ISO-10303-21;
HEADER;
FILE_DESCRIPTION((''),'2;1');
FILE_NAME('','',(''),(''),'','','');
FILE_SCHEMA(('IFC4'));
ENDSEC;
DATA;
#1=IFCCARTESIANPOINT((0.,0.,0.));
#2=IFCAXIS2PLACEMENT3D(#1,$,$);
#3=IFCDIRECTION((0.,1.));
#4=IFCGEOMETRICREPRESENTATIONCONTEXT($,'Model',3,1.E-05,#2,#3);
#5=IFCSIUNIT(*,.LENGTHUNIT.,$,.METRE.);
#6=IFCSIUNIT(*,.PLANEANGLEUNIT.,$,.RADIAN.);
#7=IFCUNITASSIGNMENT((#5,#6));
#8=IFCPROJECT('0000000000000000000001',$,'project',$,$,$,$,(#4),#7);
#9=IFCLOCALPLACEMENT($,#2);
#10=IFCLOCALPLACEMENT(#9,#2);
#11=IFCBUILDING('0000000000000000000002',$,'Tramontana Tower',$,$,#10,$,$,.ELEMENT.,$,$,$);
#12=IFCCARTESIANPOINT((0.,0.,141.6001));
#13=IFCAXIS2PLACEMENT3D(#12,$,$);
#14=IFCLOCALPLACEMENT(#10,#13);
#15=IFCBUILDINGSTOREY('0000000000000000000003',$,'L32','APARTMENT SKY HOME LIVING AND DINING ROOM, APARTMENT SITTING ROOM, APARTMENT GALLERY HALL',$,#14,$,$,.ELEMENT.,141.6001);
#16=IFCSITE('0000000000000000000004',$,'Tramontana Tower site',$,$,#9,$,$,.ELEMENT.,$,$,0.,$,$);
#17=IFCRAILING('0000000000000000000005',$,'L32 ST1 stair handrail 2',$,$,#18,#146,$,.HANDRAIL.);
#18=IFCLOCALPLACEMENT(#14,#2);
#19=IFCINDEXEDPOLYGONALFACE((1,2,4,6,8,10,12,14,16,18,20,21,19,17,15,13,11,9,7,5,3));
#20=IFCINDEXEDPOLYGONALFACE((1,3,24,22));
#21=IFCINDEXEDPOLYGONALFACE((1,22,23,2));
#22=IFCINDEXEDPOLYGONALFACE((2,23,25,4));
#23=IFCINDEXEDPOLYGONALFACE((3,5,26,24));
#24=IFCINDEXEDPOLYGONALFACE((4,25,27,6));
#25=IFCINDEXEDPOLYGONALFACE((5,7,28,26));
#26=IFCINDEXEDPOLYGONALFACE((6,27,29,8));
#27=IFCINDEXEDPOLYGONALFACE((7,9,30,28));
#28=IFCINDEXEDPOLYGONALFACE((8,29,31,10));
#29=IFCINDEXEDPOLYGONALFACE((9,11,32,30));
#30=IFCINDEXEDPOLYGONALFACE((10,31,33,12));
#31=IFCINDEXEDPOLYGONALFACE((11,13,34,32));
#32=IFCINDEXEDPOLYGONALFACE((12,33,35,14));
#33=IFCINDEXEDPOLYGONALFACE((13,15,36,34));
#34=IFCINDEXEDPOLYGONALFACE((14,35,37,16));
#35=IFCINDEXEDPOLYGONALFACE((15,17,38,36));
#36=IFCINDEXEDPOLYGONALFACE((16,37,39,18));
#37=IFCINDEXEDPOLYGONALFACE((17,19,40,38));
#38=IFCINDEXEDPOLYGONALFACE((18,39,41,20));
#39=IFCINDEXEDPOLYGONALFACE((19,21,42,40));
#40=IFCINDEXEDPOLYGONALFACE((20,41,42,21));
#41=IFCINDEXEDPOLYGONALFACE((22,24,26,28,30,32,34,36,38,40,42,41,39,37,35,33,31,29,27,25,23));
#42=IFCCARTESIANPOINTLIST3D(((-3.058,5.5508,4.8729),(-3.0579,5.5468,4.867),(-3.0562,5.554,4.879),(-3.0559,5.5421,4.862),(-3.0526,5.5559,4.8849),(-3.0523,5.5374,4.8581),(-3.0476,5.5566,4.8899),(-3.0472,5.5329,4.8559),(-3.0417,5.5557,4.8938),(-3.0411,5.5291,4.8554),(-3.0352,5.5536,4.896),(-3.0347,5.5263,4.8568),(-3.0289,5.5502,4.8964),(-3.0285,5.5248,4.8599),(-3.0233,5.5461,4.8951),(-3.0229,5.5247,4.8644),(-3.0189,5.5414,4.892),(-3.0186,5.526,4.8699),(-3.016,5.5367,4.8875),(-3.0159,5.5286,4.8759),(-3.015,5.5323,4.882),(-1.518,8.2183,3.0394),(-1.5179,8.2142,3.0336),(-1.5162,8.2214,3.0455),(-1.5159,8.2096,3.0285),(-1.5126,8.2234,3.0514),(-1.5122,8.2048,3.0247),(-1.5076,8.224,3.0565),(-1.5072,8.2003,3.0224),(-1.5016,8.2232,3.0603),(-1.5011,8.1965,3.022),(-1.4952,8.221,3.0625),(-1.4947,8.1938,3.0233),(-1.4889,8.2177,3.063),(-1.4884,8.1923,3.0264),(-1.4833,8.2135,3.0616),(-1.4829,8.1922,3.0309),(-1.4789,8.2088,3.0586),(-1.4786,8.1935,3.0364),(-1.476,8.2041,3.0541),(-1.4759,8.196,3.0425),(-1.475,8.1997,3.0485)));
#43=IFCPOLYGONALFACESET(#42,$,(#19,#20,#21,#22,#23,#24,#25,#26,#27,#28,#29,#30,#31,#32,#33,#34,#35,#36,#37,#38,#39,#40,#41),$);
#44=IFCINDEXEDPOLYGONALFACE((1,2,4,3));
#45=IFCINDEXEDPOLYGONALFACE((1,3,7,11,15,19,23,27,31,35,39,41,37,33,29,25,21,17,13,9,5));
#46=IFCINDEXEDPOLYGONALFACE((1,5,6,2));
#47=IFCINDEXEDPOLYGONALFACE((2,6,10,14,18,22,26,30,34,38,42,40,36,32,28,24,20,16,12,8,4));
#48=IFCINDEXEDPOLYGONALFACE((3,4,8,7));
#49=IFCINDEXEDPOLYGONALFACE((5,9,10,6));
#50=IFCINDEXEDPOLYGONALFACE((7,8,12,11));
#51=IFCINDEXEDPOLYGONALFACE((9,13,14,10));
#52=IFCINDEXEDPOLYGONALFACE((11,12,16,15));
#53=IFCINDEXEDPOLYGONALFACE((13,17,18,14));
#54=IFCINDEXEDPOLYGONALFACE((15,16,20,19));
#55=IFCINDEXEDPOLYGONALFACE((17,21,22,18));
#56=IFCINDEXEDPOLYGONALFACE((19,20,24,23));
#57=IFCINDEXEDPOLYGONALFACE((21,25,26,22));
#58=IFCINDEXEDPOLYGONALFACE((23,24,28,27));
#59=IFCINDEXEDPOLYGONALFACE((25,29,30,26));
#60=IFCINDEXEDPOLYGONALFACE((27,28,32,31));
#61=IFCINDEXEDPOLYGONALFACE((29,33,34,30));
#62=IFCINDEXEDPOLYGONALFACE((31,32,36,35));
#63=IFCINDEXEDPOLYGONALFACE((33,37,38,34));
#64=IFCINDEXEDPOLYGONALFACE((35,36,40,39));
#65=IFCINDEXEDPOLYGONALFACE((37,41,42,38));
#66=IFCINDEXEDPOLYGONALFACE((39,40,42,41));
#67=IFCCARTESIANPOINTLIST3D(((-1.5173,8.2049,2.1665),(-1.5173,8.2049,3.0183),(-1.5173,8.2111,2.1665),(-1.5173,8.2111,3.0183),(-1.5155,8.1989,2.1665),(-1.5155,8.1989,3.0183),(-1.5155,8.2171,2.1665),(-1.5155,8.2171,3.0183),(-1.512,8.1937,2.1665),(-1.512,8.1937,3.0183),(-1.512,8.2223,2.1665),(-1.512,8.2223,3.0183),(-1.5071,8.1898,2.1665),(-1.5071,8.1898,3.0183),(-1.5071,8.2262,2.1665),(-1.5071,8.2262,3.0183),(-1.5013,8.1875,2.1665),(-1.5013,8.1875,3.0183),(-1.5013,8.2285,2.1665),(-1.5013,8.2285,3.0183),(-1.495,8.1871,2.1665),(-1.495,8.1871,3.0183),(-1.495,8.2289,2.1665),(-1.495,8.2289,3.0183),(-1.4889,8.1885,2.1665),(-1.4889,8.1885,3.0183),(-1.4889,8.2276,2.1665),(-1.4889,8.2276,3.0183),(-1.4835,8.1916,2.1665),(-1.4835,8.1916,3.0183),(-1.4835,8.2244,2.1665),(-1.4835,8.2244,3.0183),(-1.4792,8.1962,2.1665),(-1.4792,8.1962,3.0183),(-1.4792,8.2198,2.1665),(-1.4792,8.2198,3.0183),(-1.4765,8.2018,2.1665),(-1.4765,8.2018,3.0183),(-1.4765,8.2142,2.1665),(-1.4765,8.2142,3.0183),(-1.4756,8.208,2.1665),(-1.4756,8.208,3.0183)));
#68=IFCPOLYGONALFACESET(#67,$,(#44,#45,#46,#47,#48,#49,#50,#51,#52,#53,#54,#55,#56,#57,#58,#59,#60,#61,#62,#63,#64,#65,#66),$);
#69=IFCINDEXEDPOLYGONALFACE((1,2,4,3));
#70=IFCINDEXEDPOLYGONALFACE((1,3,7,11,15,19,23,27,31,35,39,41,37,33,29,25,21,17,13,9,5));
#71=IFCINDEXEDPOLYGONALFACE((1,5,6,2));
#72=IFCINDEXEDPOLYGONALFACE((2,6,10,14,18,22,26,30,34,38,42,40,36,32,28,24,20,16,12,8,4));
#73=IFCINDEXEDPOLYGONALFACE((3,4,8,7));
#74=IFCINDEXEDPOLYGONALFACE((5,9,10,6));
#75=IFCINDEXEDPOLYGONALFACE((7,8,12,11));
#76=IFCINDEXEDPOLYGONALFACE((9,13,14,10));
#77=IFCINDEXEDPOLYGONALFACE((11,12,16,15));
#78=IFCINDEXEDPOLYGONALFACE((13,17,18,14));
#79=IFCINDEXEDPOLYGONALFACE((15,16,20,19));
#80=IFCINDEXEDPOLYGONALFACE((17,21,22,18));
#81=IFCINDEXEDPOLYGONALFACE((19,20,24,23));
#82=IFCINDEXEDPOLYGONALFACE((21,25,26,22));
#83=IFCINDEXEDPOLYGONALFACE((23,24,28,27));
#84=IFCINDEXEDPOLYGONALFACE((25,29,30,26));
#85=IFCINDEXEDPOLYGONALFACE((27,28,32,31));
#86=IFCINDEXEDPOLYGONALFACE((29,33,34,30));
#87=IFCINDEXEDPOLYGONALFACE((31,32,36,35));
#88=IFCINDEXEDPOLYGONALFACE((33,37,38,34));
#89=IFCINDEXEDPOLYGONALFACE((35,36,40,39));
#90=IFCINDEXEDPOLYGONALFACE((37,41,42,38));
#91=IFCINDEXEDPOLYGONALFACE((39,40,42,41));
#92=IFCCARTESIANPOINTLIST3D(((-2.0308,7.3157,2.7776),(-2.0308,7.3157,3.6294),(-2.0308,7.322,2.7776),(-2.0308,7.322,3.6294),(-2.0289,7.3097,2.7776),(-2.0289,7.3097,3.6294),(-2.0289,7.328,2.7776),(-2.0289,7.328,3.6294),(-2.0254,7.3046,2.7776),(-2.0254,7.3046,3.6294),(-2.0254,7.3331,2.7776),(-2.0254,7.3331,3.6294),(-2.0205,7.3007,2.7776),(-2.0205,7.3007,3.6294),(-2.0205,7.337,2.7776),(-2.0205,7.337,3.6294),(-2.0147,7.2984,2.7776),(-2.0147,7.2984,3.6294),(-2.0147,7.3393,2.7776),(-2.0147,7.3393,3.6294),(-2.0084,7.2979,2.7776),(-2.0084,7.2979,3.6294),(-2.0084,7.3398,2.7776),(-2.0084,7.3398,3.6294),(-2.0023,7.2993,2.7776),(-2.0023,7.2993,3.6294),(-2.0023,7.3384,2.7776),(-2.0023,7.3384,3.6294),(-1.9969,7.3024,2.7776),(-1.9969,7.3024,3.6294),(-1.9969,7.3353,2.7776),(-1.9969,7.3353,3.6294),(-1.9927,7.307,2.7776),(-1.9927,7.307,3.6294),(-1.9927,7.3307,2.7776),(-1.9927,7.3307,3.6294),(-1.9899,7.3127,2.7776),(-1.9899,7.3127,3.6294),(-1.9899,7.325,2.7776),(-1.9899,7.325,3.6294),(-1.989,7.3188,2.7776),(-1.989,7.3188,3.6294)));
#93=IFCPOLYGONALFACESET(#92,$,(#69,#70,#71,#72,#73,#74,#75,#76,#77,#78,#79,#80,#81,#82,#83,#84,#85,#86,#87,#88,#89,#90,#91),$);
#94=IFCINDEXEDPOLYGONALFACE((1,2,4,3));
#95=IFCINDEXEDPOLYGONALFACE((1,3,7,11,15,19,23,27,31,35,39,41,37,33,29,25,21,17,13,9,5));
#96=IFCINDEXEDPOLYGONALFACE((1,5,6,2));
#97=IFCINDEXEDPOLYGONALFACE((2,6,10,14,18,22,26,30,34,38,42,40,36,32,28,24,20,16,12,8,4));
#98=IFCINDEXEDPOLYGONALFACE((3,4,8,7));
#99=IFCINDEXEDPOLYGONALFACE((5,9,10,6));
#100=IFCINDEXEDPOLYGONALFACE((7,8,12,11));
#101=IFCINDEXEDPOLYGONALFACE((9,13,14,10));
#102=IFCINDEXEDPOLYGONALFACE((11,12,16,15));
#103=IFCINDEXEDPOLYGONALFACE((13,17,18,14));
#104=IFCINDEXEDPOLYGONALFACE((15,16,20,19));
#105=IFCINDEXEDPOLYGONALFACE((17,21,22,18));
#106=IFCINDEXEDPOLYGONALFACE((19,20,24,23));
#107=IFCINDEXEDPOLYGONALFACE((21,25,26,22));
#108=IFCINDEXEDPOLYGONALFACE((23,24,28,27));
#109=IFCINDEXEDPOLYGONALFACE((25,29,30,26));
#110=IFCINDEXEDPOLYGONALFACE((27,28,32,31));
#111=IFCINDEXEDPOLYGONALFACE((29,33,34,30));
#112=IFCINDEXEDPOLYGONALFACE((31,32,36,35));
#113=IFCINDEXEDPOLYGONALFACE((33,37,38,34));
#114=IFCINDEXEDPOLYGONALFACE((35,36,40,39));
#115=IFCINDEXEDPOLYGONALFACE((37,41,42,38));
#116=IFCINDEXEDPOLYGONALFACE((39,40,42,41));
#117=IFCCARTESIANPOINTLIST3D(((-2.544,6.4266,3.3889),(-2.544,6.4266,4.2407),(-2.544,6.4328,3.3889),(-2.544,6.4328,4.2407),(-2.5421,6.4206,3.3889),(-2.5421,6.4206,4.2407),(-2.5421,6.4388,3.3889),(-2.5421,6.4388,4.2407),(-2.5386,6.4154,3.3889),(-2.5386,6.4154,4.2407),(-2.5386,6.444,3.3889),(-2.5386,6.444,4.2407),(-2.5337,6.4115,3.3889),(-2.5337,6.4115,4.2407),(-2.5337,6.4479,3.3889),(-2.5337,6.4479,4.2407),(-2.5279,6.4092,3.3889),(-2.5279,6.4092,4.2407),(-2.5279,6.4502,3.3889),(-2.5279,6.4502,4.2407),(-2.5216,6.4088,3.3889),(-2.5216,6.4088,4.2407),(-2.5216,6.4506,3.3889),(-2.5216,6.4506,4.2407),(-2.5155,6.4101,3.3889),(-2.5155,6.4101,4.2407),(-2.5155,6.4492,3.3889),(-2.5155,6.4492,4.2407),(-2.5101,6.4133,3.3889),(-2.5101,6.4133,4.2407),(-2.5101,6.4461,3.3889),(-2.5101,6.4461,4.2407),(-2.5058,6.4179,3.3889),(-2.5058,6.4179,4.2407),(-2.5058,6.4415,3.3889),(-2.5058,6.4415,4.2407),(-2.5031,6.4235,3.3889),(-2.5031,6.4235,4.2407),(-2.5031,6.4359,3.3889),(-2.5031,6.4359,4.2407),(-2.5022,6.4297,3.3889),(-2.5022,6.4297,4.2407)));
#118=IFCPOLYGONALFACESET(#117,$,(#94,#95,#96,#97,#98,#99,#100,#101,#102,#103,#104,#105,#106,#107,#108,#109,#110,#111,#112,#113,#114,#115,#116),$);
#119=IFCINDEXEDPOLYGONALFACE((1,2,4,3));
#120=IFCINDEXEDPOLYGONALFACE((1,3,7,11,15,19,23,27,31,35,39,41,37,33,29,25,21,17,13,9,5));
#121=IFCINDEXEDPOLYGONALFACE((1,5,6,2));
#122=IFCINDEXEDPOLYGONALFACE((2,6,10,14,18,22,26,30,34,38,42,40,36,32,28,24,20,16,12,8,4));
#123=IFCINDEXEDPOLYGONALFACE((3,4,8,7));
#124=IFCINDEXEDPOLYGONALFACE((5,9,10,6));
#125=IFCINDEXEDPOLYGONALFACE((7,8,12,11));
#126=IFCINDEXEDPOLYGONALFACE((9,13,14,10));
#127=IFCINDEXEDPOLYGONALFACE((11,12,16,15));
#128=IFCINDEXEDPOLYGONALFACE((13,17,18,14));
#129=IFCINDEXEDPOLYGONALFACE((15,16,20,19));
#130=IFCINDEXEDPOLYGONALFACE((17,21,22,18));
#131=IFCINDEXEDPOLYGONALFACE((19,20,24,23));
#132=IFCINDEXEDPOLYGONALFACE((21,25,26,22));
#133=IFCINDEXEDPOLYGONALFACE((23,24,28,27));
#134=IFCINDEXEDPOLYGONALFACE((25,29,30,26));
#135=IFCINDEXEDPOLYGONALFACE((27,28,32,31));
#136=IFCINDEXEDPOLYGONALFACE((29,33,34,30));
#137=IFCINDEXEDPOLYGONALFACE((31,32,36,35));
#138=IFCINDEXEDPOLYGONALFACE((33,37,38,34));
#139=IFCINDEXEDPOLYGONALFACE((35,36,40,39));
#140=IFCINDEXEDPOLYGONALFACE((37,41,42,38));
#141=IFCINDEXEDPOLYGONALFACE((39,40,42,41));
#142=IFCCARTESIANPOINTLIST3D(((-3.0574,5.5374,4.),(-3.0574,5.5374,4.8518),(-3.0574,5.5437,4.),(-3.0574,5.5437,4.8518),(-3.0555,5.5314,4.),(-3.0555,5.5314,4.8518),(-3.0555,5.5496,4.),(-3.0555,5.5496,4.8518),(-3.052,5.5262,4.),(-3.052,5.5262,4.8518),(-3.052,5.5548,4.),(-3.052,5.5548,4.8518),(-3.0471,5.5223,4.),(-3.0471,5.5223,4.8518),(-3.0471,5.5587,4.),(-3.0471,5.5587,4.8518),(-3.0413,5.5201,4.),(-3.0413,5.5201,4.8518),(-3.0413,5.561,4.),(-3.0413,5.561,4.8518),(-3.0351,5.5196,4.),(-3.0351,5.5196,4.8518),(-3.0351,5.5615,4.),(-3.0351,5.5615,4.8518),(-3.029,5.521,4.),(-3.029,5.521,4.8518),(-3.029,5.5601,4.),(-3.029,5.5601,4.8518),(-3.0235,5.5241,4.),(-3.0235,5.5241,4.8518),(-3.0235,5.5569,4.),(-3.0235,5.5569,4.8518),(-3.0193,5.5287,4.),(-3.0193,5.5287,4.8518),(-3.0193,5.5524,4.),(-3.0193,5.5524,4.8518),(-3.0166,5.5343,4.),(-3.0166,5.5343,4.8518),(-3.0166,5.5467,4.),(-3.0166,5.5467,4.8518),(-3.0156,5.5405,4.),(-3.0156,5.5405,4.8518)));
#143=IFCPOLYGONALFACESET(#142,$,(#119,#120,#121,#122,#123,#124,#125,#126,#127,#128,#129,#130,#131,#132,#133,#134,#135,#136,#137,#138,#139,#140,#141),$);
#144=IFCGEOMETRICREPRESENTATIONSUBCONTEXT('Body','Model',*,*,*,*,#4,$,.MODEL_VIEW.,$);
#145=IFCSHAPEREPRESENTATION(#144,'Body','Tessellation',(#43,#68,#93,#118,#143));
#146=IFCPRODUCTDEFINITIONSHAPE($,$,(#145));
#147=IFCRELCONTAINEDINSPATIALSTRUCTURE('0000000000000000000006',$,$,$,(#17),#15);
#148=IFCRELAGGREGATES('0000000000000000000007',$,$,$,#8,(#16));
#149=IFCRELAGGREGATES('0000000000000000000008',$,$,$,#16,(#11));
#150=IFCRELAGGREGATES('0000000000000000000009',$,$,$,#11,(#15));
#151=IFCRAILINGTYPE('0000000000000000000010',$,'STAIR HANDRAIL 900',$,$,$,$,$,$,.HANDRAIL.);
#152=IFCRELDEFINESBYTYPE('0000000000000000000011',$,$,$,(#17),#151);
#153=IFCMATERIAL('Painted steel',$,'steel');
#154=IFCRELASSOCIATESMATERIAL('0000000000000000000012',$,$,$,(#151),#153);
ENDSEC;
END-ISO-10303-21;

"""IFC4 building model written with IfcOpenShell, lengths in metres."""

from ifc_helpers import new_model, si_unit, direction, frame, origin, origin_2d, place, context, subcontext, project, spatial, circle, extrude, material, type_object, element, save


model = new_model("IFC4")

# Units and contexts
model_context = context("Model", 3, precision=1e-05, world=origin(), true_north=direction((0.0, 1.0)))
body_context = subcontext(model_context, "Body", "Model", "MODEL_VIEW")
ifc_project = project(units=[si_unit("LENGTHUNIT", "METRE"), si_unit("PLANEANGLEUNIT", "RADIAN")], contexts=[model_context])

# Site, building, storey
site_placement = place(None, origin())
site = spatial("IfcSite", under=ifc_project, at=site_placement, Name="Tramontana Tower site", CompositionType="ELEMENT", RefElevation=0.0)
building_placement = place(site_placement, origin())
building = spatial("IfcBuilding", under=site, at=building_placement, Name="Tramontana Tower", CompositionType="ELEMENT")
storey_placement = place(building_placement, frame((0.0, 0.0, 141.6001)))
storey = spatial("IfcBuildingStorey", under=building, at=storey_placement, Name="L32", Description="APARTMENT SKY HOME LIVING AND DINING ROOM, APARTMENT SITTING ROOM, APARTMENT GALLERY HALL", CompositionType="ELEMENT", Elevation=141.6001)

# Railing
ifc_material_1 = material(Name="Painted steel", Category="steel")
railing_type_1 = type_object("IfcRailingType", Name="STAIR HANDRAIL 900", PredefinedType="HANDRAIL", material=ifc_material_1)
railing_1_placement = place(storey_placement, frame((-1.4966, 8.208, 2.1665)))
element("IfcRailing", 1, at=railing_1_placement, inside=storey, type_object=railing_type_1, Name="L32 ST1 stair handrail 2", PredefinedType="HANDRAIL", context=body_context, shape_type="SweptSolid", body=[
    extrude(circle(Radius=0.0239, at=origin_2d()), frame((0.0, 0.0, 0.876), z_axis=(-0.429634, -0.744164, 0.511502), x_axis=(0.86603, -0.499992, 0.0)), (0.0, 0.0, 1.0), 3.5845),
    extrude(circle(Radius=0.021, at=origin_2d()), origin(), (0.0, 0.0, 1.0), 0.8518),
    extrude(circle(Radius=0.021, at=origin_2d()), frame((-0.5134, -0.8892, 0.6111)), (0.0, 0.0, 1.0), 0.8518),
    extrude(circle(Radius=0.021, at=origin_2d()), frame((-1.0266, -1.7783, 1.2224)), (0.0, 0.0, 1.0), 0.8518),
    extrude(circle(Radius=0.021, at=origin_2d()), frame((-1.54, -2.6675, 1.8335)), (0.0, 0.0, 1.0), 0.8518),
])

save(model, "model.ifc")
